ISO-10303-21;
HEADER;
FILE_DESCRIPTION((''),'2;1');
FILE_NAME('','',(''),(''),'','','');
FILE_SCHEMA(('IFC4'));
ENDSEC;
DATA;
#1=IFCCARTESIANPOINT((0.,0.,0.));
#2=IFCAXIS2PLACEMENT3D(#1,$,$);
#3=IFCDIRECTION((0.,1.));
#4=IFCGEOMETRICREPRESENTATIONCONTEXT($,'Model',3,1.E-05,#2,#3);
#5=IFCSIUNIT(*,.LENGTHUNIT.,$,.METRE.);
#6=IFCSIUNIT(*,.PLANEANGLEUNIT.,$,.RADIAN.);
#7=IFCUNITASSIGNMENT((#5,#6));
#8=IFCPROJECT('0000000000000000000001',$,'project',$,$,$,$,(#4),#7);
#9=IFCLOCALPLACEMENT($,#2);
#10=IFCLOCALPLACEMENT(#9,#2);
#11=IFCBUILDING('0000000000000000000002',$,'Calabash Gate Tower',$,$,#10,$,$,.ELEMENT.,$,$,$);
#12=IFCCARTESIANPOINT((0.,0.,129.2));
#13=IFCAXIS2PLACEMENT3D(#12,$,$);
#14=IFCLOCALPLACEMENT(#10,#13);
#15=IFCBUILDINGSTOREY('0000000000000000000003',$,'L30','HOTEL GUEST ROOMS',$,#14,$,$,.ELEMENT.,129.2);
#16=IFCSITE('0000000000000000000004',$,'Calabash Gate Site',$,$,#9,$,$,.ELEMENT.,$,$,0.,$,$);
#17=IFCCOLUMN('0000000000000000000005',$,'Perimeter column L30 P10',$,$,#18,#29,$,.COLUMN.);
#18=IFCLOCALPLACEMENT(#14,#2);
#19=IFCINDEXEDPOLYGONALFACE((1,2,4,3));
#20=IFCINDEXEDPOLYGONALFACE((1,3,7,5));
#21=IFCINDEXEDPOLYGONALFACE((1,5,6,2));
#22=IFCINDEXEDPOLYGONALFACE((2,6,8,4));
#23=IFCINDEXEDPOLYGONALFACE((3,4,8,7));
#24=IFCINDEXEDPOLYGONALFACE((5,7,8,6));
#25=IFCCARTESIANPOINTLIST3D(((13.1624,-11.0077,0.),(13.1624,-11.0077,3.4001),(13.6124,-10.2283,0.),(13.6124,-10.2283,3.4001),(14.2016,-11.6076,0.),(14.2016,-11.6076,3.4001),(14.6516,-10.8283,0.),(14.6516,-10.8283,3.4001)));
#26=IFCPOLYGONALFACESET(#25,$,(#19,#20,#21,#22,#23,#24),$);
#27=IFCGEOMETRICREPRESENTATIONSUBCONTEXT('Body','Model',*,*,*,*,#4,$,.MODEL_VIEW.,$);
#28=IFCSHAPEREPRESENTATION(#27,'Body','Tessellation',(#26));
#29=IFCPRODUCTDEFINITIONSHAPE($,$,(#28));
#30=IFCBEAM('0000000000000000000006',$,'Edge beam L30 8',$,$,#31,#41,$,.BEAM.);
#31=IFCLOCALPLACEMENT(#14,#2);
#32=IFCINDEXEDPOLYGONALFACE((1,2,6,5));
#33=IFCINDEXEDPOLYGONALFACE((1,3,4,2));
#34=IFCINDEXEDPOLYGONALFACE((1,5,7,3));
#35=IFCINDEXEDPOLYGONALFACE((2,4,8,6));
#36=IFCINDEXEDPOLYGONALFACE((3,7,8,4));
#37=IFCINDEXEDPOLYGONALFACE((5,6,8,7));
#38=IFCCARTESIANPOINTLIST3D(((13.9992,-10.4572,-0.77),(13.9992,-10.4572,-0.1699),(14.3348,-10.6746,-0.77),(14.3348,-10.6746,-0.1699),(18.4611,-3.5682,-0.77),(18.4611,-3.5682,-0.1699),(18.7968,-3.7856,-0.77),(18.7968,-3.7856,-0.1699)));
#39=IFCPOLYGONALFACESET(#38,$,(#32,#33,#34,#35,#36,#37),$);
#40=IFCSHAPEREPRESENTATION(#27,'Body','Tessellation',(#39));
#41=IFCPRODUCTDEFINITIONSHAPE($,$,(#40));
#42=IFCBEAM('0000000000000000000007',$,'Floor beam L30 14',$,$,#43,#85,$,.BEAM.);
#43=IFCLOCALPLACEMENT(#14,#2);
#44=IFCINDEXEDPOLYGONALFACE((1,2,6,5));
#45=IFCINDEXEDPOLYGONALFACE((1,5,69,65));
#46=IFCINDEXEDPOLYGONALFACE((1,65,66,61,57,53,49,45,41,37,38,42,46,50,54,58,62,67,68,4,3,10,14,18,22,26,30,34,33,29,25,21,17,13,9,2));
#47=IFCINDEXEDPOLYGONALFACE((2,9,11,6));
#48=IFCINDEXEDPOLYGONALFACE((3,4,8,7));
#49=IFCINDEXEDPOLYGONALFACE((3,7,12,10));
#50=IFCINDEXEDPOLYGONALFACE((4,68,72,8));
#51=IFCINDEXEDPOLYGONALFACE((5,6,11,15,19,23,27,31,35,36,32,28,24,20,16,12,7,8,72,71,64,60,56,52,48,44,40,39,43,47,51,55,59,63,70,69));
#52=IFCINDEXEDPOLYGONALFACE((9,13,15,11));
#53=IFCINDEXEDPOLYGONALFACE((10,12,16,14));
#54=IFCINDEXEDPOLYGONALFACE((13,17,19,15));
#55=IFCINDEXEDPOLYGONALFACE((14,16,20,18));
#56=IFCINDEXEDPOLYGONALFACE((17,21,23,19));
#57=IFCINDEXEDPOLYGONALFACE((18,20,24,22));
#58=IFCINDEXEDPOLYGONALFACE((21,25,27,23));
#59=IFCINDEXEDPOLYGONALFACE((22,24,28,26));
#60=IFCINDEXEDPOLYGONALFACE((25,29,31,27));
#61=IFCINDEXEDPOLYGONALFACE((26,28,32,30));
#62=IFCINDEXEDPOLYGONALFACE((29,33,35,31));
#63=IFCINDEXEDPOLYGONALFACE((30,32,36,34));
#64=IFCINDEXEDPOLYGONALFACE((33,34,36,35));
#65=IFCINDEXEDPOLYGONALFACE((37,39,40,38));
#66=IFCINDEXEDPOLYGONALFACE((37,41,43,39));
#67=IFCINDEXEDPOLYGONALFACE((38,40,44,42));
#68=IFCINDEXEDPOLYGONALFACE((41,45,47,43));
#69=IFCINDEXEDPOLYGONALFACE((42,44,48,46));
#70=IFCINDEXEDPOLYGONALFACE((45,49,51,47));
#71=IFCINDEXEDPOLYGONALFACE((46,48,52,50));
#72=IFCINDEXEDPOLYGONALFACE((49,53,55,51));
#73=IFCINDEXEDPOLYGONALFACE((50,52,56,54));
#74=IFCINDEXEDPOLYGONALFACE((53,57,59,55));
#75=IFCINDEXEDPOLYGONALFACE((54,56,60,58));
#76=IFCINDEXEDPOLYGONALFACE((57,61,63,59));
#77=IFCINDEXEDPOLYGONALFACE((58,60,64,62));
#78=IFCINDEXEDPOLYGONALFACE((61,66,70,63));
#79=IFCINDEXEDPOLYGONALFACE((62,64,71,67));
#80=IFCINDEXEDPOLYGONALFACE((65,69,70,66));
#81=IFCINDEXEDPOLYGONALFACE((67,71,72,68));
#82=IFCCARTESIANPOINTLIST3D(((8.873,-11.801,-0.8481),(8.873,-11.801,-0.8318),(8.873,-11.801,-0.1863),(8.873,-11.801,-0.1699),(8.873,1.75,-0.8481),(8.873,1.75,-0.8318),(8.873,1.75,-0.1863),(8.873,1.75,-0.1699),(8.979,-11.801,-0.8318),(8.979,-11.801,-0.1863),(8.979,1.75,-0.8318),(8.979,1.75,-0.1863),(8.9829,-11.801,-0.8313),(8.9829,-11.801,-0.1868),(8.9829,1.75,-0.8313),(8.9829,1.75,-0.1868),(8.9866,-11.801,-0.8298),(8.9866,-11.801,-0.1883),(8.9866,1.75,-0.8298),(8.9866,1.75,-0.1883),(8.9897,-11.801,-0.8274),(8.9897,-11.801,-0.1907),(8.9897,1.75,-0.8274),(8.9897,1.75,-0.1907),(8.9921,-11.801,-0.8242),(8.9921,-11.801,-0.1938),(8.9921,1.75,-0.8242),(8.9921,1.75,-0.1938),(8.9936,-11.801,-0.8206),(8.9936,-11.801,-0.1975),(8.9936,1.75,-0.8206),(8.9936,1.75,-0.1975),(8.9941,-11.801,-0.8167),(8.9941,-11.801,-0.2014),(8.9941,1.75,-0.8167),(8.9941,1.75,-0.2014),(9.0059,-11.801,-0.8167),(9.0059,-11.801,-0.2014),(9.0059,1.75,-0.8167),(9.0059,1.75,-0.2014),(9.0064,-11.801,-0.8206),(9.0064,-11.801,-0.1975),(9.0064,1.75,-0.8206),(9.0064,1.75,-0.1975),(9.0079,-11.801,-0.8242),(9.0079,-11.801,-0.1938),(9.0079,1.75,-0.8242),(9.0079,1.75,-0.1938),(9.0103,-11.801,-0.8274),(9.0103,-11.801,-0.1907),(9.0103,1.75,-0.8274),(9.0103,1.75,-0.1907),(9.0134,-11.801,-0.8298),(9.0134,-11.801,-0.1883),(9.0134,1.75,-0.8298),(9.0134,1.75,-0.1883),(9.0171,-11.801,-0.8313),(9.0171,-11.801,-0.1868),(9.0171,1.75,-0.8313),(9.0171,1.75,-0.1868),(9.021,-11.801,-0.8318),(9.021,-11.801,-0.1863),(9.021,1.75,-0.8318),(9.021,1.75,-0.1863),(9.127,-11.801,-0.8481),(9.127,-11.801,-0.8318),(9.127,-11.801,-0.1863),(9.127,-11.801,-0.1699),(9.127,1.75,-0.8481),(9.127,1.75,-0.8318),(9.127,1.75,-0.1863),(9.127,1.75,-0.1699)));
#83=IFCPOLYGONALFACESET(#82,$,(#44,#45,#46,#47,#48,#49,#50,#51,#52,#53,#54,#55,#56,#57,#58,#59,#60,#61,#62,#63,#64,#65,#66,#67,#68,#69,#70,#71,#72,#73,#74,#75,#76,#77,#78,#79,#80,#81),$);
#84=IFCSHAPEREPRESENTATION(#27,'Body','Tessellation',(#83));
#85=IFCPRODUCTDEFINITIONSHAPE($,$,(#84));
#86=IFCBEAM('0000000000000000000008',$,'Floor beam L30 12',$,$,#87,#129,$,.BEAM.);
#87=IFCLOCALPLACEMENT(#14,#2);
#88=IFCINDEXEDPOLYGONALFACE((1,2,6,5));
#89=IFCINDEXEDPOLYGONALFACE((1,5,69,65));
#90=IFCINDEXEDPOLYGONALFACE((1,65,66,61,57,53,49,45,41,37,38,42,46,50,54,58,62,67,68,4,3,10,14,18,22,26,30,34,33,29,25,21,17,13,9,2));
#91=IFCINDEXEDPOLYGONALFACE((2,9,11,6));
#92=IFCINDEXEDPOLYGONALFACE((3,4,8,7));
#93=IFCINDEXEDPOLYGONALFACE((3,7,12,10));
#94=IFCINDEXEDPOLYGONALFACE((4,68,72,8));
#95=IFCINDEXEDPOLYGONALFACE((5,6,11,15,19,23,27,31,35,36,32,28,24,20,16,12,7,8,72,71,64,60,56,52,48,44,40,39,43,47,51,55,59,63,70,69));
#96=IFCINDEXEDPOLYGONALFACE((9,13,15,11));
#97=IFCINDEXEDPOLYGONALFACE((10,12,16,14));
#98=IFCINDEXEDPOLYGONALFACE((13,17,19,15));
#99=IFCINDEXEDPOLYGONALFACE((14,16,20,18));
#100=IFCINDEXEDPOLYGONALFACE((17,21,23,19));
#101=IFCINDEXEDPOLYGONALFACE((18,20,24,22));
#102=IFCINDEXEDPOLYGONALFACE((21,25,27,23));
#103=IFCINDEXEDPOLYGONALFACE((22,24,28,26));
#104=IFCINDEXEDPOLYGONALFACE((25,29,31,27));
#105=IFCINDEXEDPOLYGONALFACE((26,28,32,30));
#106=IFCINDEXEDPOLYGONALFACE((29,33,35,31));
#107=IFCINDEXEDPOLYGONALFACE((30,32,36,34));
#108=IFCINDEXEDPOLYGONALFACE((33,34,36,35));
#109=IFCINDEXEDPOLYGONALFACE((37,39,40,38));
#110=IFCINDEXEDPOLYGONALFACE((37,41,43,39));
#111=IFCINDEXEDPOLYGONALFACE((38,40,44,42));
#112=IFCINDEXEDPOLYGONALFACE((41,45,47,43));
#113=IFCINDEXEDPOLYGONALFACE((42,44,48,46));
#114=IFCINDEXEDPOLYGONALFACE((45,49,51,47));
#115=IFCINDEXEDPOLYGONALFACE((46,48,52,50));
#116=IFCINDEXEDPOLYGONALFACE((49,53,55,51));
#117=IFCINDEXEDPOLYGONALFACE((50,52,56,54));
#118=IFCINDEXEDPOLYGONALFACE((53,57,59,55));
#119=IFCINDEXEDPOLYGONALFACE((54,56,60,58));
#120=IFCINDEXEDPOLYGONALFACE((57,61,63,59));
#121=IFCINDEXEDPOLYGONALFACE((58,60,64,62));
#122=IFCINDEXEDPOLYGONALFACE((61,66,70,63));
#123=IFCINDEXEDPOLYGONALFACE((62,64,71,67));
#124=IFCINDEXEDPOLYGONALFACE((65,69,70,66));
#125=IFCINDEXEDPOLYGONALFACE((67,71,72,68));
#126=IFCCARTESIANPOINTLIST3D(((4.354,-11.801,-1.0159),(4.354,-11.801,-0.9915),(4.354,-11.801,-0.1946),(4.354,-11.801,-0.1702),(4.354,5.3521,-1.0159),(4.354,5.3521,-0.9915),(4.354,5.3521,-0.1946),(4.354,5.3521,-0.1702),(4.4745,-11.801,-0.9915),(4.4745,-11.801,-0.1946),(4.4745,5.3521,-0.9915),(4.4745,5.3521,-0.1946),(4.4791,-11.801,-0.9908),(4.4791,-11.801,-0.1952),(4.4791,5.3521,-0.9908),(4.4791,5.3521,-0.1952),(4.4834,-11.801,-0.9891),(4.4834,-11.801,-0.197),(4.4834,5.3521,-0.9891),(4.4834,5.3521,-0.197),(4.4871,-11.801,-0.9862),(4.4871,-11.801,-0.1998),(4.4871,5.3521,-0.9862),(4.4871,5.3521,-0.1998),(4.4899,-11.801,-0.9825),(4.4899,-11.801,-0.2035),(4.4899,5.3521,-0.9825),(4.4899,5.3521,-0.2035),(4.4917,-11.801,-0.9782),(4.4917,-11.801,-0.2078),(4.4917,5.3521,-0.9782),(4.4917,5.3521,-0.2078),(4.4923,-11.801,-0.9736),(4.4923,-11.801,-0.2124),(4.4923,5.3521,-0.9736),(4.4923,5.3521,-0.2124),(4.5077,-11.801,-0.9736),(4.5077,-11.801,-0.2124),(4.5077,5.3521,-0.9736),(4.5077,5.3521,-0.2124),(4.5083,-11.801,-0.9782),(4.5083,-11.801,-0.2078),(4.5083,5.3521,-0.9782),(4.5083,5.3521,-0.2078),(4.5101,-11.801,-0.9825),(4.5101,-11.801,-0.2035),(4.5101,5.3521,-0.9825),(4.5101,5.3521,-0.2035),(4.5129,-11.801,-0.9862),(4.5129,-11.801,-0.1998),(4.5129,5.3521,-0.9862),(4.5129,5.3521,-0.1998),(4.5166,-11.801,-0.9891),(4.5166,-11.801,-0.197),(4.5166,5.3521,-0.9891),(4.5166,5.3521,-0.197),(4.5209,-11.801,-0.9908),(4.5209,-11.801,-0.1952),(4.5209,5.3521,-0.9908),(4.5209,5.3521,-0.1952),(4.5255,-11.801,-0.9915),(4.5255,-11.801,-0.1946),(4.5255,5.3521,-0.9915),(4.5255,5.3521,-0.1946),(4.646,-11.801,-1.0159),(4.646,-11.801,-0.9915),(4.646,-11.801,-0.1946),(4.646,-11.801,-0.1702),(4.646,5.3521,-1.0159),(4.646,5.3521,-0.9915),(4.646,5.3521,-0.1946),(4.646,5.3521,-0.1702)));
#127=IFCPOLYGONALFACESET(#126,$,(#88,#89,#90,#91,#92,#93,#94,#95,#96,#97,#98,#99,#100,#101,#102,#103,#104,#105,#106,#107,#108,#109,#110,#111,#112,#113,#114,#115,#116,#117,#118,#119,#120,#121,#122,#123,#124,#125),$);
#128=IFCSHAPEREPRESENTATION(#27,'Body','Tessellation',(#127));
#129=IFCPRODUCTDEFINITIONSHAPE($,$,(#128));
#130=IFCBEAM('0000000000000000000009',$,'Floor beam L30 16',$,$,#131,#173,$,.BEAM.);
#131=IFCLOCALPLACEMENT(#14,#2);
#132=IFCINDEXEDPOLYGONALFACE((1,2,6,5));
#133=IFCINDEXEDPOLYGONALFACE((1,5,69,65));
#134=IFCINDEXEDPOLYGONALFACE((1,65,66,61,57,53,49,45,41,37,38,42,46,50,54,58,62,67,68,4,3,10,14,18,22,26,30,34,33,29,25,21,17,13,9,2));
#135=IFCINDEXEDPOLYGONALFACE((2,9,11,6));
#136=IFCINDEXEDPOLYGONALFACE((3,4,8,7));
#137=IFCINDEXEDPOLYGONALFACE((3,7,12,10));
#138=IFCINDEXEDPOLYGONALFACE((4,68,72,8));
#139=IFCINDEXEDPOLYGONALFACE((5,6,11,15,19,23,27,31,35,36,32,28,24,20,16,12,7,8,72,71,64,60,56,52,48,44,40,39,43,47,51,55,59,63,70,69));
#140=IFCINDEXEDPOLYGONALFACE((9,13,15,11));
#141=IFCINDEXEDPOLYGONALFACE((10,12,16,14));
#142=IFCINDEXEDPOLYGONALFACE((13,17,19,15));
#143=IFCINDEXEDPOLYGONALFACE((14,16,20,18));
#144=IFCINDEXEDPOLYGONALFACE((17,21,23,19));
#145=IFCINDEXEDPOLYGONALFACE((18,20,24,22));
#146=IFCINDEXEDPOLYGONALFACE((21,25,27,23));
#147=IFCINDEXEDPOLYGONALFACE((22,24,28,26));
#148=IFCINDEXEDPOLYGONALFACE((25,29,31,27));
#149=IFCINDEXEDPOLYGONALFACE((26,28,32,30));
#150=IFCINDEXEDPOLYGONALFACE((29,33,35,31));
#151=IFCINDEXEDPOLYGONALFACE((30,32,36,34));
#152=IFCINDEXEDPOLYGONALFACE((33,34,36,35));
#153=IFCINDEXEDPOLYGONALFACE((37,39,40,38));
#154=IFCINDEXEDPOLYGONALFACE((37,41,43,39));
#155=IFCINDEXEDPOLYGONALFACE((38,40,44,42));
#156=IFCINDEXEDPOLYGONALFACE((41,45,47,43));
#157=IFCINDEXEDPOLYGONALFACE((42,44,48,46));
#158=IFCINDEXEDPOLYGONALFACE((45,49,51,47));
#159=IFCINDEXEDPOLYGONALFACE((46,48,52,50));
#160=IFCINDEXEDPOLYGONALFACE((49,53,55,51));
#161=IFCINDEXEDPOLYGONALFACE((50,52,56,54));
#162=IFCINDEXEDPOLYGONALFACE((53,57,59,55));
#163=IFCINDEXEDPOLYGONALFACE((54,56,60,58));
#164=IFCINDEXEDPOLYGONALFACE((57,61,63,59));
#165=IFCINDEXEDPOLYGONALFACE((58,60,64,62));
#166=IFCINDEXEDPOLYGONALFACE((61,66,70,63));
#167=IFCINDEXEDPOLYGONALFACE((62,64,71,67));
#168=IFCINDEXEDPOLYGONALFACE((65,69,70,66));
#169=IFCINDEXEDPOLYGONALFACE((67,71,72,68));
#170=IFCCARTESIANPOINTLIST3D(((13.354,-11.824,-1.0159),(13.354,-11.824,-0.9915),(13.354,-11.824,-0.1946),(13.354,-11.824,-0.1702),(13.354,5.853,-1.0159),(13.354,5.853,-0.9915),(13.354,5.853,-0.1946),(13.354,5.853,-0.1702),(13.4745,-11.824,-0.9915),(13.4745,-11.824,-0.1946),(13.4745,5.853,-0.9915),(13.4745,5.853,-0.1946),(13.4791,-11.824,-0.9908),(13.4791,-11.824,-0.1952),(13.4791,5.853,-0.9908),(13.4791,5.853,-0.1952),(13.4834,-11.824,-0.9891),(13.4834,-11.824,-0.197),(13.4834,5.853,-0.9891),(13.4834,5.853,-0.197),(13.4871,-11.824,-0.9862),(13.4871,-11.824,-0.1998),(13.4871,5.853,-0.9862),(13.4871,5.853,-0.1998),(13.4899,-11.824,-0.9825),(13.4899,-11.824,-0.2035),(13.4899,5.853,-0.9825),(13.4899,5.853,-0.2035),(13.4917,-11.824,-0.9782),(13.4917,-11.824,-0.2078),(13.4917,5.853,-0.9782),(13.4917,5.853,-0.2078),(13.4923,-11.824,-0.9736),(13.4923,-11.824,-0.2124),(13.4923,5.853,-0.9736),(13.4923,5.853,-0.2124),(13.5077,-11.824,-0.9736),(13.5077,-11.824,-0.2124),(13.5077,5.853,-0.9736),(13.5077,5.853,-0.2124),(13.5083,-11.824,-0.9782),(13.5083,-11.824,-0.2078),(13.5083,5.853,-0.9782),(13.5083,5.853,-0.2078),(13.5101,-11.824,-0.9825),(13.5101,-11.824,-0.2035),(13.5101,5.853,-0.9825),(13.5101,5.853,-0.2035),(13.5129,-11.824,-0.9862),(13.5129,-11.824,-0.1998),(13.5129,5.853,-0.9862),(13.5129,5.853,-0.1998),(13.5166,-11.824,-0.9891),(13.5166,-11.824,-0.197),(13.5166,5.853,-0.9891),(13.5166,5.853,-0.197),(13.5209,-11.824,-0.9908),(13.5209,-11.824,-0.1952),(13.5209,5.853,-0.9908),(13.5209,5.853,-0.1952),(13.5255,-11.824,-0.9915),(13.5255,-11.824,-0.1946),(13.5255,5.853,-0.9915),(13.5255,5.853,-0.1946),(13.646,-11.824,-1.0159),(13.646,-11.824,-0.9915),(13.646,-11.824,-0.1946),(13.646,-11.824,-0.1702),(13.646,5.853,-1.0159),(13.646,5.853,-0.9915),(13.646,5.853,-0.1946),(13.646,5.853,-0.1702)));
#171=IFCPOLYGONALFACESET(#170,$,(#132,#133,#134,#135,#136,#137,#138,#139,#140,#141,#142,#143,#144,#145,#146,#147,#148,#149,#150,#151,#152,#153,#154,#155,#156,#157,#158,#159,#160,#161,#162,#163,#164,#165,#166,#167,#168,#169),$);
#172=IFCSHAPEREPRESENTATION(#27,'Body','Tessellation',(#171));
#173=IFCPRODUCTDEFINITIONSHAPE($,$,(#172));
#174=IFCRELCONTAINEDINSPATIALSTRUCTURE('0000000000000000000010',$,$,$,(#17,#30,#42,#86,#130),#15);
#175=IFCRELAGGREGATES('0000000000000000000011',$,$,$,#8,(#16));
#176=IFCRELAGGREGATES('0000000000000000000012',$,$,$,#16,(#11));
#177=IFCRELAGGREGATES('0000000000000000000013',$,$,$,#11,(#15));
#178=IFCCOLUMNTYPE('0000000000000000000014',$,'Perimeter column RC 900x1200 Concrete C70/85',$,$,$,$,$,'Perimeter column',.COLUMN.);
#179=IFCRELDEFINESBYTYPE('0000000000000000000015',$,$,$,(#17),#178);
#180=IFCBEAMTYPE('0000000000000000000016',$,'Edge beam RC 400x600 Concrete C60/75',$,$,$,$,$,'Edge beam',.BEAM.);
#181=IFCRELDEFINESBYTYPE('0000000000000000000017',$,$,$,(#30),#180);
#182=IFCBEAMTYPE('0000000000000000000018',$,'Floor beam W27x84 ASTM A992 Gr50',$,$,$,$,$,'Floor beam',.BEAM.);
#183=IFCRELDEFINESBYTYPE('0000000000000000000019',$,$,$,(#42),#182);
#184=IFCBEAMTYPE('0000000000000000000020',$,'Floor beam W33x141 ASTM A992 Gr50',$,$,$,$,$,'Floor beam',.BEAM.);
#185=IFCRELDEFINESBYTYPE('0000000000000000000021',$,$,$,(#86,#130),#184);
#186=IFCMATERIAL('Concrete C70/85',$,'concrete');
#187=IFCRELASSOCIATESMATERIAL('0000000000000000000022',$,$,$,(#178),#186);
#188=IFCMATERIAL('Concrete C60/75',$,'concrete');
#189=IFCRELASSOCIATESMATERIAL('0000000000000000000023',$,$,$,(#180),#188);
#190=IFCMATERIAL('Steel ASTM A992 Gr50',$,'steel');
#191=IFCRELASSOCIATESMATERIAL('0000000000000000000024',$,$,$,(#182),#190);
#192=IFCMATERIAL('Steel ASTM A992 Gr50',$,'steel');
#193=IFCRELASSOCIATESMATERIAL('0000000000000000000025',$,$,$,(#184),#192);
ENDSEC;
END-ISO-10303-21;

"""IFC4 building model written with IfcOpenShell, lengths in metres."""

from ifc_helpers import new_model, si_unit, direction, frame, origin, origin_2d, place, context, subcontext, project, spatial, rectangle, i_section, extrude, material, material_profile, profile_set, type_object, element, save


model = new_model("IFC4")

# Units and contexts
model_context = context("Model", 3, precision=1e-05, world=origin(), true_north=direction((0.0, 1.0)))
body_context = subcontext(model_context, "Body", "Model", "MODEL_VIEW")
ifc_project = project(units=[si_unit("LENGTHUNIT", "METRE"), si_unit("PLANEANGLEUNIT", "RADIAN")], contexts=[model_context])

# Site, building, storey
site_placement = place(None, origin())
site = spatial("IfcSite", under=ifc_project, at=site_placement, Name="Calabash Gate Site", CompositionType="ELEMENT", RefElevation=0.0)
building_placement = place(site_placement, origin())
building = spatial("IfcBuilding", under=site, at=building_placement, Name="Calabash Gate Tower", CompositionType="ELEMENT")
storey_placement = place(building_placement, frame((0.0, 0.0, 129.2)))
storey = spatial("IfcBuildingStorey", under=building, at=storey_placement, Name="L30", Description="HOTEL GUEST ROOMS", CompositionType="ELEMENT", Elevation=129.2)

# Column
ifc_material_1 = material(Name="Concrete C70/85", Category="concrete")
ifc_material_profile_1 = material_profile(ifc_material_1, rectangle(XDim=0.8999, YDim=1.2, at=origin_2d()))
ifc_profile_set_1 = profile_set([ifc_material_profile_1], Name="Concrete C70/85")
column_type = type_object("IfcColumnType", Name="Perimeter column RC 900x1200 Concrete C70/85", ElementType="Perimeter column", PredefinedType="COLUMN", material=ifc_profile_set_1)
column_placement = place(storey_placement, frame((13.907, -10.918, 0.0), z_axis=(0.0, 0.0, 1.0), x_axis=(0.5, 0.866025, 0.0)))
element("IfcColumn", 1, at=column_placement, inside=storey, type_object=column_type, Name="Perimeter column L30 P10", PredefinedType="COLUMN", context=body_context, shape_type="SweptSolid", body=[
    extrude(rectangle(XDim=0.8999, YDim=1.2, at=origin_2d()), origin(), (0.0, 0.0, 1.0), 3.4001),
])

# Beams
ifc_material_2 = material(Name="Concrete C60/75", Category="concrete")
ifc_material_profile_2 = material_profile(ifc_material_2, rectangle(XDim=0.3999, YDim=0.6001, at=origin_2d()))
ifc_profile_set_2 = profile_set([ifc_material_profile_2], Name="Concrete C60/75")
beam_type_1 = type_object("IfcBeamType", Name="Edge beam RC 400x600 Concrete C60/75", ElementType="Edge beam", PredefinedType="BEAM", material=ifc_profile_set_2)
beam_1_placement = place(storey_placement, frame((14.167, -10.5659, -0.47), z_axis=(0.543627, 0.839327, 0.0), x_axis=(-0.839327, 0.543627, 0.0)))
element("IfcBeam", 2, at=beam_1_placement, inside=storey, type_object=beam_type_1, Name="Edge beam L30 8", PredefinedType="BEAM", context=body_context, shape_type="SweptSolid", body=[
    extrude(rectangle(XDim=0.3999, YDim=0.6001, at=origin_2d()), origin(), (0.0, 0.0, 1.0), 8.2078),
])
ifc_material_3 = material(Name="Steel ASTM A992 Gr50", Category="steel")
ifc_material_profile_3 = material_profile(ifc_material_3, i_section(OverallWidth=0.2539, OverallDepth=0.6782, WebThickness=0.0117, FlangeThickness=0.0164, FilletRadius=0.0151, at=origin_2d()))
ifc_profile_set_3 = profile_set([ifc_material_profile_3], Name="Steel ASTM A992 Gr50")
beam_type_2 = type_object("IfcBeamType", Name="Floor beam W27x84 ASTM A992 Gr50", ElementType="Floor beam", PredefinedType="BEAM", material=ifc_profile_set_3)
beam_2_placement = place(storey_placement, frame((9.0, -11.801, -0.509), z_axis=(0.0, 1.0, 0.0), x_axis=(-1.0, 0.0, 0.0)))
element("IfcBeam", 3, at=beam_2_placement, inside=storey, type_object=beam_type_2, Name="Floor beam L30 14", PredefinedType="BEAM", context=body_context, shape_type="SweptSolid", body=[
    extrude(i_section(OverallWidth=0.2539, OverallDepth=0.6782, WebThickness=0.0117, FlangeThickness=0.0164, FilletRadius=0.0151, at=origin_2d()), origin(), (0.0, 0.0, 1.0), 13.551),
])
ifc_material_4 = material(Name="Steel ASTM A992 Gr50", Category="steel")
ifc_material_profile_4 = material_profile(ifc_material_4, i_section(OverallWidth=0.292, OverallDepth=0.8457, WebThickness=0.0154, FlangeThickness=0.0244, FilletRadius=0.0178, at=origin_2d()))
ifc_profile_set_4 = profile_set([ifc_material_profile_4], Name="Steel ASTM A992 Gr50")
beam_type_3 = type_object("IfcBeamType", Name="Floor beam W33x141 ASTM A992 Gr50", ElementType="Floor beam", PredefinedType="BEAM", material=ifc_profile_set_4)
beam_3_placement = place(storey_placement, frame((4.5, -11.801, -0.593), z_axis=(0.0, 1.0, 0.0), x_axis=(-1.0, 0.0, 0.0)))
element("IfcBeam", 4, at=beam_3_placement, inside=storey, type_object=beam_type_3, Name="Floor beam L30 12", PredefinedType="BEAM", context=body_context, shape_type="SweptSolid", body=[
    extrude(i_section(OverallWidth=0.292, OverallDepth=0.8457, WebThickness=0.0154, FlangeThickness=0.0244, FilletRadius=0.0178, at=origin_2d()), origin(), (0.0, 0.0, 1.0), 17.1531),
])
beam_4_placement = place(storey_placement, frame((13.5, -11.824, -0.593), z_axis=(0.0, 1.0, 0.0), x_axis=(-1.0, 0.0, 0.0)))
element("IfcBeam", 5, at=beam_4_placement, inside=storey, type_object=beam_type_3, Name="Floor beam L30 16", PredefinedType="BEAM", context=body_context, shape_type="SweptSolid", body=[
    extrude(i_section(OverallWidth=0.292, OverallDepth=0.8457, WebThickness=0.0154, FlangeThickness=0.0244, FilletRadius=0.0178, at=origin_2d()), origin(), (0.0, 0.0, 1.0), 17.677),
])

save(model, "model.ifc")
